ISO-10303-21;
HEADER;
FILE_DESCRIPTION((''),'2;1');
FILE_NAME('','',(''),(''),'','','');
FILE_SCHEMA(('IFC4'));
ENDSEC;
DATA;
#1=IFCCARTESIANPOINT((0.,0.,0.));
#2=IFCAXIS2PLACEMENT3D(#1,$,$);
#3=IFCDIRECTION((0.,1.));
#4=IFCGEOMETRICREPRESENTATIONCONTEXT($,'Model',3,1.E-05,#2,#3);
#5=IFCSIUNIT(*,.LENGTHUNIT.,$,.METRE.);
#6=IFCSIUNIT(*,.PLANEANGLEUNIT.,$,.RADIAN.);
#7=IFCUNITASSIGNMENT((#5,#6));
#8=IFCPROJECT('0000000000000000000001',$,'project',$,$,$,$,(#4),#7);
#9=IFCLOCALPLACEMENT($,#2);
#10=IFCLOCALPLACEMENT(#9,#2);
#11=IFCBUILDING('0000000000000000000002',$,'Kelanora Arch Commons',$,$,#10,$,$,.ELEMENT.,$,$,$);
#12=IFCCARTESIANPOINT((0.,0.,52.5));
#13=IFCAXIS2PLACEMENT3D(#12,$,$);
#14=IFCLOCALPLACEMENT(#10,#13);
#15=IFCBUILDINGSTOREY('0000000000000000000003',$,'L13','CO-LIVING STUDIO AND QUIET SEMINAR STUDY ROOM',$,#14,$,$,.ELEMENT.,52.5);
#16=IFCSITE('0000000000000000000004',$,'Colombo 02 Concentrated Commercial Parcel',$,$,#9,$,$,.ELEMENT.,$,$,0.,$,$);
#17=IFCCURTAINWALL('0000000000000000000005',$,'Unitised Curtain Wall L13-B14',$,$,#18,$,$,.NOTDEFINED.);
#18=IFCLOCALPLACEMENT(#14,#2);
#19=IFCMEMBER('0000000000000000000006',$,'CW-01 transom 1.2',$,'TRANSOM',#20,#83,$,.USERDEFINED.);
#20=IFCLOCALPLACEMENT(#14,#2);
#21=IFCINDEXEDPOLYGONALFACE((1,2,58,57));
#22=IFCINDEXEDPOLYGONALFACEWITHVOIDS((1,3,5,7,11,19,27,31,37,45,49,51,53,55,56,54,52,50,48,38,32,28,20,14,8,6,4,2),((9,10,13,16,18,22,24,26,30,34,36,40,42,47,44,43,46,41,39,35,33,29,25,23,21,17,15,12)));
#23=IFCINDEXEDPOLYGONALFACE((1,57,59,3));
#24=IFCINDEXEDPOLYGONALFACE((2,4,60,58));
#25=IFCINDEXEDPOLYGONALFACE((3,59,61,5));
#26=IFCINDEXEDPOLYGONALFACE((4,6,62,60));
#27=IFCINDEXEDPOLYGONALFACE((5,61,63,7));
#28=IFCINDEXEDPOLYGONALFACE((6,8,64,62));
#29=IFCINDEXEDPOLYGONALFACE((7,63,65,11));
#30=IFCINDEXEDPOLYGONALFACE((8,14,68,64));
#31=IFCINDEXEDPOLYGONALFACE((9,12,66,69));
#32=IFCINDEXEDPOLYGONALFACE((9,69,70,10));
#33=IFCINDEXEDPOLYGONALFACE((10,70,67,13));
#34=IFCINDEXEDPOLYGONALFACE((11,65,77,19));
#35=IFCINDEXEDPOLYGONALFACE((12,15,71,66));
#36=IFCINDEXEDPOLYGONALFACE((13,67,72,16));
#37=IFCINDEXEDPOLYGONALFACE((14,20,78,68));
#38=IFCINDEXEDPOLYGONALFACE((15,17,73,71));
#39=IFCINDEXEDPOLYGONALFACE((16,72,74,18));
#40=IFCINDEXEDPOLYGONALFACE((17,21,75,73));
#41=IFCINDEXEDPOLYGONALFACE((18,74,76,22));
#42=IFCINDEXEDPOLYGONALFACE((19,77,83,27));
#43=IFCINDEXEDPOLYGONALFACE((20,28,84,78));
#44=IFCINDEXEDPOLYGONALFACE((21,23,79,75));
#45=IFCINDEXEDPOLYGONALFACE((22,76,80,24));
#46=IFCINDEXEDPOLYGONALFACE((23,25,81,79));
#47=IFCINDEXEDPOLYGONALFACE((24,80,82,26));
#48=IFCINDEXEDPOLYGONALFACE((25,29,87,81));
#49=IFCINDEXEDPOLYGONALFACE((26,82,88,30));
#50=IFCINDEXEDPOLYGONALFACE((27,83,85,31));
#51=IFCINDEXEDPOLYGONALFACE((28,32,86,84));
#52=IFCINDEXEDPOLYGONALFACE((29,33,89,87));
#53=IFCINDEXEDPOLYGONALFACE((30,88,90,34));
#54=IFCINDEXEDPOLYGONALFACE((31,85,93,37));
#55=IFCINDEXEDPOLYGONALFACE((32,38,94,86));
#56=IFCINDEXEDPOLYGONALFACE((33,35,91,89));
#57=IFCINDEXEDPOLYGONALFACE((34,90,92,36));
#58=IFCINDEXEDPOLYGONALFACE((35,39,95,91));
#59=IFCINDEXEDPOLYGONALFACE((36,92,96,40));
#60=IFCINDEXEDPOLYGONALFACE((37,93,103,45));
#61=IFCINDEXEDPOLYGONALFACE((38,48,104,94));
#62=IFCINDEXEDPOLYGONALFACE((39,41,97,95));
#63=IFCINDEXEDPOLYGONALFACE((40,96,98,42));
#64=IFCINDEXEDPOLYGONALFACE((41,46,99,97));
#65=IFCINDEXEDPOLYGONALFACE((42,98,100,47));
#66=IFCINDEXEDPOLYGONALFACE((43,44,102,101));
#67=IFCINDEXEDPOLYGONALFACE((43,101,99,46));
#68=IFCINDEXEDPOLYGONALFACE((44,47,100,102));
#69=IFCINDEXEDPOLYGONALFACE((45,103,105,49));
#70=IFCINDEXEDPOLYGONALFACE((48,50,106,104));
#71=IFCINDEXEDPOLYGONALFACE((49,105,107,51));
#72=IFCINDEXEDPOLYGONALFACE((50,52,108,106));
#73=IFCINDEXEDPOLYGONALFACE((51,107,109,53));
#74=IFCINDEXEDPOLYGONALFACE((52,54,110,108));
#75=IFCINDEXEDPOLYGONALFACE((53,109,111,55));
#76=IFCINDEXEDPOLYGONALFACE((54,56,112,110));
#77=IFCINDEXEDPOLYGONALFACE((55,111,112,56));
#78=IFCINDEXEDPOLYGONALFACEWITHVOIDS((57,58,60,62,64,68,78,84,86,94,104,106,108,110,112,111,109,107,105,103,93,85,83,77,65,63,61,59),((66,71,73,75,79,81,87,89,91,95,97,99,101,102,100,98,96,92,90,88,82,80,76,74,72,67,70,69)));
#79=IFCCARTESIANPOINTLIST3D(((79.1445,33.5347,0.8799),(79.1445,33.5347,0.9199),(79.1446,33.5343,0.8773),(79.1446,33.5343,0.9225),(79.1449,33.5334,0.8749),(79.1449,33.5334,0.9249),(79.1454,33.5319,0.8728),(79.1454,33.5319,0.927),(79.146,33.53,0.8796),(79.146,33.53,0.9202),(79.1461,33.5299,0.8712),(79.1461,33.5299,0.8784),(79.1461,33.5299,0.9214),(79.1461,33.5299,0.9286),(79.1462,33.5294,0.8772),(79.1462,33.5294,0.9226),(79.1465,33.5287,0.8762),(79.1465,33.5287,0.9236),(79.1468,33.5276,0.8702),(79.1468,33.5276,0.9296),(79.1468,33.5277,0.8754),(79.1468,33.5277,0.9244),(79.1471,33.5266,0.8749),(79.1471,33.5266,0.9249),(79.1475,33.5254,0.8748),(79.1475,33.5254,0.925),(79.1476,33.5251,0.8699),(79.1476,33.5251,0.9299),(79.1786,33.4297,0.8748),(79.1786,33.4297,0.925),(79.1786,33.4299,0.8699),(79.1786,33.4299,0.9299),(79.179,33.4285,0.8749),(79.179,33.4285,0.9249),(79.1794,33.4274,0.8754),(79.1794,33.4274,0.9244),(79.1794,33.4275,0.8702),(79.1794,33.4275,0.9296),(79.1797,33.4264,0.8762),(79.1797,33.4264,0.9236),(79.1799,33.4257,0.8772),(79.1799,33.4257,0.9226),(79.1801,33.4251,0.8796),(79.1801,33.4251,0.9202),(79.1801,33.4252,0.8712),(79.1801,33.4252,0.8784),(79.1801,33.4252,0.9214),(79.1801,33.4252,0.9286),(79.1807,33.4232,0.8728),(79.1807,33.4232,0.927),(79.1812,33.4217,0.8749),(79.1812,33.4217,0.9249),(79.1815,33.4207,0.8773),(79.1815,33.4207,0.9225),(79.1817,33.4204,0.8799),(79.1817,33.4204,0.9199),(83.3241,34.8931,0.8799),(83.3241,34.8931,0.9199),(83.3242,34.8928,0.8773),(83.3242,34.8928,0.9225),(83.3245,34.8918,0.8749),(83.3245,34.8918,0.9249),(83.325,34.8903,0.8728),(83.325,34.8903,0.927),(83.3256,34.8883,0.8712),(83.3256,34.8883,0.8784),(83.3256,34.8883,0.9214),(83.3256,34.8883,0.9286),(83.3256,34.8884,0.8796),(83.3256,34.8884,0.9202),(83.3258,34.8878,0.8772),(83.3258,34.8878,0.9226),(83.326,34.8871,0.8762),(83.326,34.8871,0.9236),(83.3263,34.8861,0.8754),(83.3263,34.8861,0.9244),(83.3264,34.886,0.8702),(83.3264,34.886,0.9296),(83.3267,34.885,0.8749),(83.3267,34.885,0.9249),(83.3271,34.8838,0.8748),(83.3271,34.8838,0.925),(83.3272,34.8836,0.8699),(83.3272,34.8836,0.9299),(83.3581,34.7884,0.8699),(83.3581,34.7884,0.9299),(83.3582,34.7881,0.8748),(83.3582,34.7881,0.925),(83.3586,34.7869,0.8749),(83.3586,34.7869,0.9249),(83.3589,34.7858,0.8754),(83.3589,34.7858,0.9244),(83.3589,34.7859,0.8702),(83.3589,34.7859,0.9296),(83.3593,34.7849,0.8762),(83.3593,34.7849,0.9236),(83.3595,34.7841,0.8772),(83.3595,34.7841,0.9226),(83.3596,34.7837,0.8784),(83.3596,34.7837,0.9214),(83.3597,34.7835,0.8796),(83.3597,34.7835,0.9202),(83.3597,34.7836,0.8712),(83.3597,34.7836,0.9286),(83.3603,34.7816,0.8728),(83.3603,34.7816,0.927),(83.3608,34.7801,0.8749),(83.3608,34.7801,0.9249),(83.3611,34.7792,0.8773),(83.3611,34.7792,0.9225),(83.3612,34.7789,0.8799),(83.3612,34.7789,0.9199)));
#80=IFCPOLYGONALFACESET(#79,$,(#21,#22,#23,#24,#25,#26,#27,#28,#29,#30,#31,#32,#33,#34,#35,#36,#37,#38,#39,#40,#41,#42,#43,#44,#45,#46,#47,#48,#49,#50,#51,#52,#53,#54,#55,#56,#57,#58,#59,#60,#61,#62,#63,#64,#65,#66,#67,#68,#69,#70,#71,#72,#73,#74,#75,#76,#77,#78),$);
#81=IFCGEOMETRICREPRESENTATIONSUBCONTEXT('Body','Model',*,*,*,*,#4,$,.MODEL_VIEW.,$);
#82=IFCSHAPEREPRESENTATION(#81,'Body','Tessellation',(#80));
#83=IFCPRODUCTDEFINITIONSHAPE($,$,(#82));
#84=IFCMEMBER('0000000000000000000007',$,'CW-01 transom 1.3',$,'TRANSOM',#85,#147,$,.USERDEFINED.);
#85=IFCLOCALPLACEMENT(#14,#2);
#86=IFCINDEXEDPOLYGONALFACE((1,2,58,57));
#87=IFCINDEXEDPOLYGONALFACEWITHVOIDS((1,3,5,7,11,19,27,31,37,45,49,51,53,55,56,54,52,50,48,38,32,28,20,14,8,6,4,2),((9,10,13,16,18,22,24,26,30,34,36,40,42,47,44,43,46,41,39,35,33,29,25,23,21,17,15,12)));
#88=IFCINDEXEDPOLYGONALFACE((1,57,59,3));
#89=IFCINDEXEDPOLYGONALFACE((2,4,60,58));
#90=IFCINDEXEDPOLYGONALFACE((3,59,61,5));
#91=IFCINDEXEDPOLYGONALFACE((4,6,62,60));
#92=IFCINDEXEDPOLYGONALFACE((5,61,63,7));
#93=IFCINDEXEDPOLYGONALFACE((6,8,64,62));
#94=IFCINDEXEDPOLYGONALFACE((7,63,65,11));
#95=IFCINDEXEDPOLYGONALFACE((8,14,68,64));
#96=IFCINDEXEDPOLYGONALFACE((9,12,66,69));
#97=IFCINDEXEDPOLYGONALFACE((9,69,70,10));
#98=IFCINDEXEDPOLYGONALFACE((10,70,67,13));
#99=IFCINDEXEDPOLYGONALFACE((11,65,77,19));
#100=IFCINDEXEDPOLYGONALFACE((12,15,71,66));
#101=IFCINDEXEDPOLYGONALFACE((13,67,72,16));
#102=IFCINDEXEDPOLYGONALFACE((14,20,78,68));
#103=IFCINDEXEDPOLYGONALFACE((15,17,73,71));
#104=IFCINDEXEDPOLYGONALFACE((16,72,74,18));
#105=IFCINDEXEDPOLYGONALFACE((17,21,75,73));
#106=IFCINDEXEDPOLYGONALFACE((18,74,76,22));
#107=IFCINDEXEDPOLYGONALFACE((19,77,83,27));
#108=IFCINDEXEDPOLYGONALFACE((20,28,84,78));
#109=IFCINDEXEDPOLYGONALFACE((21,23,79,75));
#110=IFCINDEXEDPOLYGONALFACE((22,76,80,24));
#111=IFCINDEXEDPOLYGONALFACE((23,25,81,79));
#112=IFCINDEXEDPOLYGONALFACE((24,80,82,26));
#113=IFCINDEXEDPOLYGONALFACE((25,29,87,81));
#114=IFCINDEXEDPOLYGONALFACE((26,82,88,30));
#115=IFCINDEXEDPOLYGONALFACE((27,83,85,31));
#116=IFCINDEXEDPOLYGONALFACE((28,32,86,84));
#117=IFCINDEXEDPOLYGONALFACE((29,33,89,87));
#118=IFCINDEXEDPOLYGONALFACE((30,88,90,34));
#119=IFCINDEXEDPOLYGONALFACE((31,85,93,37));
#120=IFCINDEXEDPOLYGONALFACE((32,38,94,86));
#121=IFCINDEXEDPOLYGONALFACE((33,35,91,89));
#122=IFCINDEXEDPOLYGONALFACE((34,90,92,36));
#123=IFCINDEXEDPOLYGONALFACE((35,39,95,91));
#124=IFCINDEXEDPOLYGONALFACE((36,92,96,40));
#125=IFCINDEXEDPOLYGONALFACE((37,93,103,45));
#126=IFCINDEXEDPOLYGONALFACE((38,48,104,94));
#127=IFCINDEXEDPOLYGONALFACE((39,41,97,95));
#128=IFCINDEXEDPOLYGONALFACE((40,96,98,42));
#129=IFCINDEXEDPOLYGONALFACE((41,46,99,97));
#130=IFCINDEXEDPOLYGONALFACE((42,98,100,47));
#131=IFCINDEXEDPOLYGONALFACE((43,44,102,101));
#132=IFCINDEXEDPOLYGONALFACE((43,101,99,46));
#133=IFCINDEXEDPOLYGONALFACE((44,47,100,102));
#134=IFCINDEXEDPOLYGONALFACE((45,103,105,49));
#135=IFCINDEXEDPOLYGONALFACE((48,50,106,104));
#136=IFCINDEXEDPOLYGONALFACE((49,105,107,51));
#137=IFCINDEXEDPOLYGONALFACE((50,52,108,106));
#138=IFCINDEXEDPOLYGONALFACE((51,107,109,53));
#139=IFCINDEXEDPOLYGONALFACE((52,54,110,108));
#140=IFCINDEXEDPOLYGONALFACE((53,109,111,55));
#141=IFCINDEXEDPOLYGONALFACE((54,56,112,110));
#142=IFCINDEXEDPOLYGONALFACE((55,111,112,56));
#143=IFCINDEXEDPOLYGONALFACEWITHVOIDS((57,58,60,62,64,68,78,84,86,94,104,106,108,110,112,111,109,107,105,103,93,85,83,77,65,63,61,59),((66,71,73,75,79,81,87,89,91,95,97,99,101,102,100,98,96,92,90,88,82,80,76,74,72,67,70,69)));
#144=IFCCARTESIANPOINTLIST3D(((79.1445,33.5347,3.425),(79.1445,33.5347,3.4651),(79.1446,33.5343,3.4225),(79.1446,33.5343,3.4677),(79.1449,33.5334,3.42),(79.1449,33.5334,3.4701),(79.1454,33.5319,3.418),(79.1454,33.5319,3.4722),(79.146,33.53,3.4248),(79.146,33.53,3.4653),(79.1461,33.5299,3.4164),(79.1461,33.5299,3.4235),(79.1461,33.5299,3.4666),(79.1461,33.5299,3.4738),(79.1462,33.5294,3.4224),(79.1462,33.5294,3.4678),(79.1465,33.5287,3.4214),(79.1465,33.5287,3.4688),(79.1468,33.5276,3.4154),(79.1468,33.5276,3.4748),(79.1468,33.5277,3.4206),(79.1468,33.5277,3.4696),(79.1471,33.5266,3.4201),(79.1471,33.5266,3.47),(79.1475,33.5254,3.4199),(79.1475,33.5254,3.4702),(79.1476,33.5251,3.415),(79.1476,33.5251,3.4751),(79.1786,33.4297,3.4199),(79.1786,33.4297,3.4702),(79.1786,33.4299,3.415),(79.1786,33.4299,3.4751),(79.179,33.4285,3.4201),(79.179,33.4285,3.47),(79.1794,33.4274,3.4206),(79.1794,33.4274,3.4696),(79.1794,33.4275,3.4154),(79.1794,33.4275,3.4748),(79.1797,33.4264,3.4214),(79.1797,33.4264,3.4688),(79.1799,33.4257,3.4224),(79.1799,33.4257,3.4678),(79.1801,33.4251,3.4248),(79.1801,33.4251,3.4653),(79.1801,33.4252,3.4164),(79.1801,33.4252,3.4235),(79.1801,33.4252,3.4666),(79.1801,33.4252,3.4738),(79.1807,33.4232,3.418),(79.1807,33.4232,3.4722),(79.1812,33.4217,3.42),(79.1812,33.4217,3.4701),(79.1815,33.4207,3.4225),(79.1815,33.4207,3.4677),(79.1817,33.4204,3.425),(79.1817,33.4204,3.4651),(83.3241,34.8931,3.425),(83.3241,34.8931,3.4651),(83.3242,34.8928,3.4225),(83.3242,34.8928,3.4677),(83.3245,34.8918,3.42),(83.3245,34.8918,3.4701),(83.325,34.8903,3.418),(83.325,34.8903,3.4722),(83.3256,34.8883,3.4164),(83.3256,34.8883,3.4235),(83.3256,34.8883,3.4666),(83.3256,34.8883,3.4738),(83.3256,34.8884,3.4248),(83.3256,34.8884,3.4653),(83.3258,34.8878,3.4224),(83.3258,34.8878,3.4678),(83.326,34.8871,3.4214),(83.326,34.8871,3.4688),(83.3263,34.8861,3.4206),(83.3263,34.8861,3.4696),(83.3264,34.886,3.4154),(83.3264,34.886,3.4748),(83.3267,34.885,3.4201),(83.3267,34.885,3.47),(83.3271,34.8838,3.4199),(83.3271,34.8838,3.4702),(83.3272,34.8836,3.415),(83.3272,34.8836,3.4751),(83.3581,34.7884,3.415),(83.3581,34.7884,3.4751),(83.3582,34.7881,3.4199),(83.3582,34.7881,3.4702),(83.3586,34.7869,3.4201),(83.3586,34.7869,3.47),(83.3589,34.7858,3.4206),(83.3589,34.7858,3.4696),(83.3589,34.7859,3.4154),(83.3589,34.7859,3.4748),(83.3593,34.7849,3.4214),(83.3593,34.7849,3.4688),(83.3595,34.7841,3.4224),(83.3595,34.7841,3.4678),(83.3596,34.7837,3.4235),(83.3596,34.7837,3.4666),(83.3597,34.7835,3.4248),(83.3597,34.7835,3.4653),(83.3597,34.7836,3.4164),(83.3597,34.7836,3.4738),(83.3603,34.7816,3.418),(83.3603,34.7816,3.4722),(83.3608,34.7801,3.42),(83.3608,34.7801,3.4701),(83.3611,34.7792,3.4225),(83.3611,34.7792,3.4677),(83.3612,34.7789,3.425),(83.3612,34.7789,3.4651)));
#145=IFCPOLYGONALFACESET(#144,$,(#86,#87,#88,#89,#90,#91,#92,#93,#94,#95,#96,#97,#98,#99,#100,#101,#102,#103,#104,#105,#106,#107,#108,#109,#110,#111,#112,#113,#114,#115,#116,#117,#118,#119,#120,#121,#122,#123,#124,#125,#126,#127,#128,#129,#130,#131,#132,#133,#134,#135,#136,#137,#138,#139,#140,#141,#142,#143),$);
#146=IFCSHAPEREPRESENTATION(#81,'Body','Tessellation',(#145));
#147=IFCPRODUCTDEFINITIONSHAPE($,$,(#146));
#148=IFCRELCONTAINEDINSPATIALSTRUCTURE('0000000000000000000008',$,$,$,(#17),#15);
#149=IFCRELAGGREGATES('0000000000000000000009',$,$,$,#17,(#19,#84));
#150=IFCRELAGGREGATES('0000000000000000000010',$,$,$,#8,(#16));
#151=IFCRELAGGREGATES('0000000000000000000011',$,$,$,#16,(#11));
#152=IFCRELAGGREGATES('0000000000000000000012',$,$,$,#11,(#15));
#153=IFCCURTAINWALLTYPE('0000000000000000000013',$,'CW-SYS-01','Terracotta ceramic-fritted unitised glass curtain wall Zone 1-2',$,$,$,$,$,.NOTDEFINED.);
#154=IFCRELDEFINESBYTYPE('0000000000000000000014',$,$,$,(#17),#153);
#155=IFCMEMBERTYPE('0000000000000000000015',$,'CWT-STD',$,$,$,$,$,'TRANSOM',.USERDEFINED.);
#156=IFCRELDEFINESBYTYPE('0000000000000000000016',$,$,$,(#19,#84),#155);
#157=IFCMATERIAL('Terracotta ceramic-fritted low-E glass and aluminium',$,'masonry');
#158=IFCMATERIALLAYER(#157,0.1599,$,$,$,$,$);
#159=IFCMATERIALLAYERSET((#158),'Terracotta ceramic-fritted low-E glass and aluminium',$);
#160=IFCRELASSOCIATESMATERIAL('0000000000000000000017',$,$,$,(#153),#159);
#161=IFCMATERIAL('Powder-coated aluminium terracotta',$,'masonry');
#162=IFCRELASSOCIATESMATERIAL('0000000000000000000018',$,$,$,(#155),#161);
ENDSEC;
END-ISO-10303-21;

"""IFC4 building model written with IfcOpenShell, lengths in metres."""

from ifc_helpers import new_model, si_unit, direction, frame, origin, origin_2d, place, context, subcontext, project, spatial, hollow_rectangle, extrude, material, layer, layer_set, material_profile, profile_set, type_object, element, aggregate, save


model = new_model("IFC4")

# Units and contexts
model_context = context("Model", 3, precision=1e-05, world=origin(), true_north=direction((0.0, 1.0)))
body_context = subcontext(model_context, "Body", "Model", "MODEL_VIEW")
ifc_project = project(units=[si_unit("LENGTHUNIT", "METRE"), si_unit("PLANEANGLEUNIT", "RADIAN")], contexts=[model_context])

# Site, building, storey
site_placement = place(None, origin())
site = spatial("IfcSite", under=ifc_project, at=site_placement, Name="Colombo 02 Concentrated Commercial Parcel", CompositionType="ELEMENT", RefElevation=0.0)
building_placement = place(site_placement, origin())
building = spatial("IfcBuilding", under=site, at=building_placement, Name="Kelanora Arch Commons", CompositionType="ELEMENT")
storey_placement = place(building_placement, frame((0.0, 0.0, 52.5)))
storey = spatial("IfcBuildingStorey", under=building, at=storey_placement, Name="L13", Description="CO-LIVING STUDIO AND QUIET SEMINAR STUDY ROOM", CompositionType="ELEMENT", Elevation=52.5)

# Curtain wall, members
ifc_material_1 = material(Name="Terracotta ceramic-fritted low-E glass and aluminium", Category="masonry")
ifc_layer_1 = layer(ifc_material_1, 0.1599)
ifc_layer_set_1 = layer_set([ifc_layer_1], Name="Terracotta ceramic-fritted low-E glass and aluminium")
curtain_wall_type = type_object("IfcCurtainWallType", Name="CW-SYS-01", Description="Terracotta ceramic-fritted unitised glass curtain wall Zone 1-2", PredefinedType="NOTDEFINED", material=ifc_layer_set_1)
curtain_wall_placement = place(storey_placement, origin())
curtain_wall = element("IfcCurtainWall", 1, at=curtain_wall_placement, inside=storey, type_object=curtain_wall_type, Name="Unitised Curtain Wall L13-B14", PredefinedType="NOTDEFINED")
ifc_material_2 = material(Name="Powder-coated aluminium terracotta", Category="masonry")
ifc_material_profile_1 = material_profile(ifc_material_2, hollow_rectangle(XDim=0.1201, YDim=0.0601, WallThickness=0.0049, InnerFilletRadius=0.0049, OuterFilletRadius=0.01, at=origin_2d()), Name="CWT120x60")
ifc_profile_set_1 = profile_set([ifc_material_profile_1], Name="Powder-coated aluminium terracotta")
member_type_1 = type_object("IfcMemberType", Name="CWT-STD", ElementType="TRANSOM", PredefinedType="USERDEFINED", material=ifc_profile_set_1)
member_1_placement = place(storey_placement, frame((79.1631, 33.4775, 0.8999), z_axis=(0.951029, 0.309102, 0.0), x_axis=(-0.309102, 0.951029, 0.0)))
member_1 = element("IfcMember", 2, at=member_1_placement, type_object=member_type_1, Name="CW-01 transom 1.2", ObjectType="TRANSOM", PredefinedType="USERDEFINED", context=body_context, shape_type="SweptSolid", body=[
    extrude(hollow_rectangle(XDim=0.1201, YDim=0.0601, WallThickness=0.0049, InnerFilletRadius=0.0049, OuterFilletRadius=0.01, at=origin_2d()), origin(), (0.0, 0.0, 1.0), 4.3948),
])
member_2_placement = place(storey_placement, frame((79.1631, 33.4775, 3.4451), z_axis=(0.951029, 0.309102, 0.0), x_axis=(-0.309102, 0.951029, 0.0)))
member_2 = element("IfcMember", 3, at=member_2_placement, type_object=member_type_1, Name="CW-01 transom 1.3", ObjectType="TRANSOM", PredefinedType="USERDEFINED", context=body_context, shape_type="SweptSolid", body=[
    extrude(hollow_rectangle(XDim=0.1201, YDim=0.0601, WallThickness=0.0049, InnerFilletRadius=0.0049, OuterFilletRadius=0.01, at=origin_2d()), origin(), (0.0, 0.0, 1.0), 4.3948),
])
aggregate(curtain_wall, [member_1, member_2])

save(model, "model.ifc")
